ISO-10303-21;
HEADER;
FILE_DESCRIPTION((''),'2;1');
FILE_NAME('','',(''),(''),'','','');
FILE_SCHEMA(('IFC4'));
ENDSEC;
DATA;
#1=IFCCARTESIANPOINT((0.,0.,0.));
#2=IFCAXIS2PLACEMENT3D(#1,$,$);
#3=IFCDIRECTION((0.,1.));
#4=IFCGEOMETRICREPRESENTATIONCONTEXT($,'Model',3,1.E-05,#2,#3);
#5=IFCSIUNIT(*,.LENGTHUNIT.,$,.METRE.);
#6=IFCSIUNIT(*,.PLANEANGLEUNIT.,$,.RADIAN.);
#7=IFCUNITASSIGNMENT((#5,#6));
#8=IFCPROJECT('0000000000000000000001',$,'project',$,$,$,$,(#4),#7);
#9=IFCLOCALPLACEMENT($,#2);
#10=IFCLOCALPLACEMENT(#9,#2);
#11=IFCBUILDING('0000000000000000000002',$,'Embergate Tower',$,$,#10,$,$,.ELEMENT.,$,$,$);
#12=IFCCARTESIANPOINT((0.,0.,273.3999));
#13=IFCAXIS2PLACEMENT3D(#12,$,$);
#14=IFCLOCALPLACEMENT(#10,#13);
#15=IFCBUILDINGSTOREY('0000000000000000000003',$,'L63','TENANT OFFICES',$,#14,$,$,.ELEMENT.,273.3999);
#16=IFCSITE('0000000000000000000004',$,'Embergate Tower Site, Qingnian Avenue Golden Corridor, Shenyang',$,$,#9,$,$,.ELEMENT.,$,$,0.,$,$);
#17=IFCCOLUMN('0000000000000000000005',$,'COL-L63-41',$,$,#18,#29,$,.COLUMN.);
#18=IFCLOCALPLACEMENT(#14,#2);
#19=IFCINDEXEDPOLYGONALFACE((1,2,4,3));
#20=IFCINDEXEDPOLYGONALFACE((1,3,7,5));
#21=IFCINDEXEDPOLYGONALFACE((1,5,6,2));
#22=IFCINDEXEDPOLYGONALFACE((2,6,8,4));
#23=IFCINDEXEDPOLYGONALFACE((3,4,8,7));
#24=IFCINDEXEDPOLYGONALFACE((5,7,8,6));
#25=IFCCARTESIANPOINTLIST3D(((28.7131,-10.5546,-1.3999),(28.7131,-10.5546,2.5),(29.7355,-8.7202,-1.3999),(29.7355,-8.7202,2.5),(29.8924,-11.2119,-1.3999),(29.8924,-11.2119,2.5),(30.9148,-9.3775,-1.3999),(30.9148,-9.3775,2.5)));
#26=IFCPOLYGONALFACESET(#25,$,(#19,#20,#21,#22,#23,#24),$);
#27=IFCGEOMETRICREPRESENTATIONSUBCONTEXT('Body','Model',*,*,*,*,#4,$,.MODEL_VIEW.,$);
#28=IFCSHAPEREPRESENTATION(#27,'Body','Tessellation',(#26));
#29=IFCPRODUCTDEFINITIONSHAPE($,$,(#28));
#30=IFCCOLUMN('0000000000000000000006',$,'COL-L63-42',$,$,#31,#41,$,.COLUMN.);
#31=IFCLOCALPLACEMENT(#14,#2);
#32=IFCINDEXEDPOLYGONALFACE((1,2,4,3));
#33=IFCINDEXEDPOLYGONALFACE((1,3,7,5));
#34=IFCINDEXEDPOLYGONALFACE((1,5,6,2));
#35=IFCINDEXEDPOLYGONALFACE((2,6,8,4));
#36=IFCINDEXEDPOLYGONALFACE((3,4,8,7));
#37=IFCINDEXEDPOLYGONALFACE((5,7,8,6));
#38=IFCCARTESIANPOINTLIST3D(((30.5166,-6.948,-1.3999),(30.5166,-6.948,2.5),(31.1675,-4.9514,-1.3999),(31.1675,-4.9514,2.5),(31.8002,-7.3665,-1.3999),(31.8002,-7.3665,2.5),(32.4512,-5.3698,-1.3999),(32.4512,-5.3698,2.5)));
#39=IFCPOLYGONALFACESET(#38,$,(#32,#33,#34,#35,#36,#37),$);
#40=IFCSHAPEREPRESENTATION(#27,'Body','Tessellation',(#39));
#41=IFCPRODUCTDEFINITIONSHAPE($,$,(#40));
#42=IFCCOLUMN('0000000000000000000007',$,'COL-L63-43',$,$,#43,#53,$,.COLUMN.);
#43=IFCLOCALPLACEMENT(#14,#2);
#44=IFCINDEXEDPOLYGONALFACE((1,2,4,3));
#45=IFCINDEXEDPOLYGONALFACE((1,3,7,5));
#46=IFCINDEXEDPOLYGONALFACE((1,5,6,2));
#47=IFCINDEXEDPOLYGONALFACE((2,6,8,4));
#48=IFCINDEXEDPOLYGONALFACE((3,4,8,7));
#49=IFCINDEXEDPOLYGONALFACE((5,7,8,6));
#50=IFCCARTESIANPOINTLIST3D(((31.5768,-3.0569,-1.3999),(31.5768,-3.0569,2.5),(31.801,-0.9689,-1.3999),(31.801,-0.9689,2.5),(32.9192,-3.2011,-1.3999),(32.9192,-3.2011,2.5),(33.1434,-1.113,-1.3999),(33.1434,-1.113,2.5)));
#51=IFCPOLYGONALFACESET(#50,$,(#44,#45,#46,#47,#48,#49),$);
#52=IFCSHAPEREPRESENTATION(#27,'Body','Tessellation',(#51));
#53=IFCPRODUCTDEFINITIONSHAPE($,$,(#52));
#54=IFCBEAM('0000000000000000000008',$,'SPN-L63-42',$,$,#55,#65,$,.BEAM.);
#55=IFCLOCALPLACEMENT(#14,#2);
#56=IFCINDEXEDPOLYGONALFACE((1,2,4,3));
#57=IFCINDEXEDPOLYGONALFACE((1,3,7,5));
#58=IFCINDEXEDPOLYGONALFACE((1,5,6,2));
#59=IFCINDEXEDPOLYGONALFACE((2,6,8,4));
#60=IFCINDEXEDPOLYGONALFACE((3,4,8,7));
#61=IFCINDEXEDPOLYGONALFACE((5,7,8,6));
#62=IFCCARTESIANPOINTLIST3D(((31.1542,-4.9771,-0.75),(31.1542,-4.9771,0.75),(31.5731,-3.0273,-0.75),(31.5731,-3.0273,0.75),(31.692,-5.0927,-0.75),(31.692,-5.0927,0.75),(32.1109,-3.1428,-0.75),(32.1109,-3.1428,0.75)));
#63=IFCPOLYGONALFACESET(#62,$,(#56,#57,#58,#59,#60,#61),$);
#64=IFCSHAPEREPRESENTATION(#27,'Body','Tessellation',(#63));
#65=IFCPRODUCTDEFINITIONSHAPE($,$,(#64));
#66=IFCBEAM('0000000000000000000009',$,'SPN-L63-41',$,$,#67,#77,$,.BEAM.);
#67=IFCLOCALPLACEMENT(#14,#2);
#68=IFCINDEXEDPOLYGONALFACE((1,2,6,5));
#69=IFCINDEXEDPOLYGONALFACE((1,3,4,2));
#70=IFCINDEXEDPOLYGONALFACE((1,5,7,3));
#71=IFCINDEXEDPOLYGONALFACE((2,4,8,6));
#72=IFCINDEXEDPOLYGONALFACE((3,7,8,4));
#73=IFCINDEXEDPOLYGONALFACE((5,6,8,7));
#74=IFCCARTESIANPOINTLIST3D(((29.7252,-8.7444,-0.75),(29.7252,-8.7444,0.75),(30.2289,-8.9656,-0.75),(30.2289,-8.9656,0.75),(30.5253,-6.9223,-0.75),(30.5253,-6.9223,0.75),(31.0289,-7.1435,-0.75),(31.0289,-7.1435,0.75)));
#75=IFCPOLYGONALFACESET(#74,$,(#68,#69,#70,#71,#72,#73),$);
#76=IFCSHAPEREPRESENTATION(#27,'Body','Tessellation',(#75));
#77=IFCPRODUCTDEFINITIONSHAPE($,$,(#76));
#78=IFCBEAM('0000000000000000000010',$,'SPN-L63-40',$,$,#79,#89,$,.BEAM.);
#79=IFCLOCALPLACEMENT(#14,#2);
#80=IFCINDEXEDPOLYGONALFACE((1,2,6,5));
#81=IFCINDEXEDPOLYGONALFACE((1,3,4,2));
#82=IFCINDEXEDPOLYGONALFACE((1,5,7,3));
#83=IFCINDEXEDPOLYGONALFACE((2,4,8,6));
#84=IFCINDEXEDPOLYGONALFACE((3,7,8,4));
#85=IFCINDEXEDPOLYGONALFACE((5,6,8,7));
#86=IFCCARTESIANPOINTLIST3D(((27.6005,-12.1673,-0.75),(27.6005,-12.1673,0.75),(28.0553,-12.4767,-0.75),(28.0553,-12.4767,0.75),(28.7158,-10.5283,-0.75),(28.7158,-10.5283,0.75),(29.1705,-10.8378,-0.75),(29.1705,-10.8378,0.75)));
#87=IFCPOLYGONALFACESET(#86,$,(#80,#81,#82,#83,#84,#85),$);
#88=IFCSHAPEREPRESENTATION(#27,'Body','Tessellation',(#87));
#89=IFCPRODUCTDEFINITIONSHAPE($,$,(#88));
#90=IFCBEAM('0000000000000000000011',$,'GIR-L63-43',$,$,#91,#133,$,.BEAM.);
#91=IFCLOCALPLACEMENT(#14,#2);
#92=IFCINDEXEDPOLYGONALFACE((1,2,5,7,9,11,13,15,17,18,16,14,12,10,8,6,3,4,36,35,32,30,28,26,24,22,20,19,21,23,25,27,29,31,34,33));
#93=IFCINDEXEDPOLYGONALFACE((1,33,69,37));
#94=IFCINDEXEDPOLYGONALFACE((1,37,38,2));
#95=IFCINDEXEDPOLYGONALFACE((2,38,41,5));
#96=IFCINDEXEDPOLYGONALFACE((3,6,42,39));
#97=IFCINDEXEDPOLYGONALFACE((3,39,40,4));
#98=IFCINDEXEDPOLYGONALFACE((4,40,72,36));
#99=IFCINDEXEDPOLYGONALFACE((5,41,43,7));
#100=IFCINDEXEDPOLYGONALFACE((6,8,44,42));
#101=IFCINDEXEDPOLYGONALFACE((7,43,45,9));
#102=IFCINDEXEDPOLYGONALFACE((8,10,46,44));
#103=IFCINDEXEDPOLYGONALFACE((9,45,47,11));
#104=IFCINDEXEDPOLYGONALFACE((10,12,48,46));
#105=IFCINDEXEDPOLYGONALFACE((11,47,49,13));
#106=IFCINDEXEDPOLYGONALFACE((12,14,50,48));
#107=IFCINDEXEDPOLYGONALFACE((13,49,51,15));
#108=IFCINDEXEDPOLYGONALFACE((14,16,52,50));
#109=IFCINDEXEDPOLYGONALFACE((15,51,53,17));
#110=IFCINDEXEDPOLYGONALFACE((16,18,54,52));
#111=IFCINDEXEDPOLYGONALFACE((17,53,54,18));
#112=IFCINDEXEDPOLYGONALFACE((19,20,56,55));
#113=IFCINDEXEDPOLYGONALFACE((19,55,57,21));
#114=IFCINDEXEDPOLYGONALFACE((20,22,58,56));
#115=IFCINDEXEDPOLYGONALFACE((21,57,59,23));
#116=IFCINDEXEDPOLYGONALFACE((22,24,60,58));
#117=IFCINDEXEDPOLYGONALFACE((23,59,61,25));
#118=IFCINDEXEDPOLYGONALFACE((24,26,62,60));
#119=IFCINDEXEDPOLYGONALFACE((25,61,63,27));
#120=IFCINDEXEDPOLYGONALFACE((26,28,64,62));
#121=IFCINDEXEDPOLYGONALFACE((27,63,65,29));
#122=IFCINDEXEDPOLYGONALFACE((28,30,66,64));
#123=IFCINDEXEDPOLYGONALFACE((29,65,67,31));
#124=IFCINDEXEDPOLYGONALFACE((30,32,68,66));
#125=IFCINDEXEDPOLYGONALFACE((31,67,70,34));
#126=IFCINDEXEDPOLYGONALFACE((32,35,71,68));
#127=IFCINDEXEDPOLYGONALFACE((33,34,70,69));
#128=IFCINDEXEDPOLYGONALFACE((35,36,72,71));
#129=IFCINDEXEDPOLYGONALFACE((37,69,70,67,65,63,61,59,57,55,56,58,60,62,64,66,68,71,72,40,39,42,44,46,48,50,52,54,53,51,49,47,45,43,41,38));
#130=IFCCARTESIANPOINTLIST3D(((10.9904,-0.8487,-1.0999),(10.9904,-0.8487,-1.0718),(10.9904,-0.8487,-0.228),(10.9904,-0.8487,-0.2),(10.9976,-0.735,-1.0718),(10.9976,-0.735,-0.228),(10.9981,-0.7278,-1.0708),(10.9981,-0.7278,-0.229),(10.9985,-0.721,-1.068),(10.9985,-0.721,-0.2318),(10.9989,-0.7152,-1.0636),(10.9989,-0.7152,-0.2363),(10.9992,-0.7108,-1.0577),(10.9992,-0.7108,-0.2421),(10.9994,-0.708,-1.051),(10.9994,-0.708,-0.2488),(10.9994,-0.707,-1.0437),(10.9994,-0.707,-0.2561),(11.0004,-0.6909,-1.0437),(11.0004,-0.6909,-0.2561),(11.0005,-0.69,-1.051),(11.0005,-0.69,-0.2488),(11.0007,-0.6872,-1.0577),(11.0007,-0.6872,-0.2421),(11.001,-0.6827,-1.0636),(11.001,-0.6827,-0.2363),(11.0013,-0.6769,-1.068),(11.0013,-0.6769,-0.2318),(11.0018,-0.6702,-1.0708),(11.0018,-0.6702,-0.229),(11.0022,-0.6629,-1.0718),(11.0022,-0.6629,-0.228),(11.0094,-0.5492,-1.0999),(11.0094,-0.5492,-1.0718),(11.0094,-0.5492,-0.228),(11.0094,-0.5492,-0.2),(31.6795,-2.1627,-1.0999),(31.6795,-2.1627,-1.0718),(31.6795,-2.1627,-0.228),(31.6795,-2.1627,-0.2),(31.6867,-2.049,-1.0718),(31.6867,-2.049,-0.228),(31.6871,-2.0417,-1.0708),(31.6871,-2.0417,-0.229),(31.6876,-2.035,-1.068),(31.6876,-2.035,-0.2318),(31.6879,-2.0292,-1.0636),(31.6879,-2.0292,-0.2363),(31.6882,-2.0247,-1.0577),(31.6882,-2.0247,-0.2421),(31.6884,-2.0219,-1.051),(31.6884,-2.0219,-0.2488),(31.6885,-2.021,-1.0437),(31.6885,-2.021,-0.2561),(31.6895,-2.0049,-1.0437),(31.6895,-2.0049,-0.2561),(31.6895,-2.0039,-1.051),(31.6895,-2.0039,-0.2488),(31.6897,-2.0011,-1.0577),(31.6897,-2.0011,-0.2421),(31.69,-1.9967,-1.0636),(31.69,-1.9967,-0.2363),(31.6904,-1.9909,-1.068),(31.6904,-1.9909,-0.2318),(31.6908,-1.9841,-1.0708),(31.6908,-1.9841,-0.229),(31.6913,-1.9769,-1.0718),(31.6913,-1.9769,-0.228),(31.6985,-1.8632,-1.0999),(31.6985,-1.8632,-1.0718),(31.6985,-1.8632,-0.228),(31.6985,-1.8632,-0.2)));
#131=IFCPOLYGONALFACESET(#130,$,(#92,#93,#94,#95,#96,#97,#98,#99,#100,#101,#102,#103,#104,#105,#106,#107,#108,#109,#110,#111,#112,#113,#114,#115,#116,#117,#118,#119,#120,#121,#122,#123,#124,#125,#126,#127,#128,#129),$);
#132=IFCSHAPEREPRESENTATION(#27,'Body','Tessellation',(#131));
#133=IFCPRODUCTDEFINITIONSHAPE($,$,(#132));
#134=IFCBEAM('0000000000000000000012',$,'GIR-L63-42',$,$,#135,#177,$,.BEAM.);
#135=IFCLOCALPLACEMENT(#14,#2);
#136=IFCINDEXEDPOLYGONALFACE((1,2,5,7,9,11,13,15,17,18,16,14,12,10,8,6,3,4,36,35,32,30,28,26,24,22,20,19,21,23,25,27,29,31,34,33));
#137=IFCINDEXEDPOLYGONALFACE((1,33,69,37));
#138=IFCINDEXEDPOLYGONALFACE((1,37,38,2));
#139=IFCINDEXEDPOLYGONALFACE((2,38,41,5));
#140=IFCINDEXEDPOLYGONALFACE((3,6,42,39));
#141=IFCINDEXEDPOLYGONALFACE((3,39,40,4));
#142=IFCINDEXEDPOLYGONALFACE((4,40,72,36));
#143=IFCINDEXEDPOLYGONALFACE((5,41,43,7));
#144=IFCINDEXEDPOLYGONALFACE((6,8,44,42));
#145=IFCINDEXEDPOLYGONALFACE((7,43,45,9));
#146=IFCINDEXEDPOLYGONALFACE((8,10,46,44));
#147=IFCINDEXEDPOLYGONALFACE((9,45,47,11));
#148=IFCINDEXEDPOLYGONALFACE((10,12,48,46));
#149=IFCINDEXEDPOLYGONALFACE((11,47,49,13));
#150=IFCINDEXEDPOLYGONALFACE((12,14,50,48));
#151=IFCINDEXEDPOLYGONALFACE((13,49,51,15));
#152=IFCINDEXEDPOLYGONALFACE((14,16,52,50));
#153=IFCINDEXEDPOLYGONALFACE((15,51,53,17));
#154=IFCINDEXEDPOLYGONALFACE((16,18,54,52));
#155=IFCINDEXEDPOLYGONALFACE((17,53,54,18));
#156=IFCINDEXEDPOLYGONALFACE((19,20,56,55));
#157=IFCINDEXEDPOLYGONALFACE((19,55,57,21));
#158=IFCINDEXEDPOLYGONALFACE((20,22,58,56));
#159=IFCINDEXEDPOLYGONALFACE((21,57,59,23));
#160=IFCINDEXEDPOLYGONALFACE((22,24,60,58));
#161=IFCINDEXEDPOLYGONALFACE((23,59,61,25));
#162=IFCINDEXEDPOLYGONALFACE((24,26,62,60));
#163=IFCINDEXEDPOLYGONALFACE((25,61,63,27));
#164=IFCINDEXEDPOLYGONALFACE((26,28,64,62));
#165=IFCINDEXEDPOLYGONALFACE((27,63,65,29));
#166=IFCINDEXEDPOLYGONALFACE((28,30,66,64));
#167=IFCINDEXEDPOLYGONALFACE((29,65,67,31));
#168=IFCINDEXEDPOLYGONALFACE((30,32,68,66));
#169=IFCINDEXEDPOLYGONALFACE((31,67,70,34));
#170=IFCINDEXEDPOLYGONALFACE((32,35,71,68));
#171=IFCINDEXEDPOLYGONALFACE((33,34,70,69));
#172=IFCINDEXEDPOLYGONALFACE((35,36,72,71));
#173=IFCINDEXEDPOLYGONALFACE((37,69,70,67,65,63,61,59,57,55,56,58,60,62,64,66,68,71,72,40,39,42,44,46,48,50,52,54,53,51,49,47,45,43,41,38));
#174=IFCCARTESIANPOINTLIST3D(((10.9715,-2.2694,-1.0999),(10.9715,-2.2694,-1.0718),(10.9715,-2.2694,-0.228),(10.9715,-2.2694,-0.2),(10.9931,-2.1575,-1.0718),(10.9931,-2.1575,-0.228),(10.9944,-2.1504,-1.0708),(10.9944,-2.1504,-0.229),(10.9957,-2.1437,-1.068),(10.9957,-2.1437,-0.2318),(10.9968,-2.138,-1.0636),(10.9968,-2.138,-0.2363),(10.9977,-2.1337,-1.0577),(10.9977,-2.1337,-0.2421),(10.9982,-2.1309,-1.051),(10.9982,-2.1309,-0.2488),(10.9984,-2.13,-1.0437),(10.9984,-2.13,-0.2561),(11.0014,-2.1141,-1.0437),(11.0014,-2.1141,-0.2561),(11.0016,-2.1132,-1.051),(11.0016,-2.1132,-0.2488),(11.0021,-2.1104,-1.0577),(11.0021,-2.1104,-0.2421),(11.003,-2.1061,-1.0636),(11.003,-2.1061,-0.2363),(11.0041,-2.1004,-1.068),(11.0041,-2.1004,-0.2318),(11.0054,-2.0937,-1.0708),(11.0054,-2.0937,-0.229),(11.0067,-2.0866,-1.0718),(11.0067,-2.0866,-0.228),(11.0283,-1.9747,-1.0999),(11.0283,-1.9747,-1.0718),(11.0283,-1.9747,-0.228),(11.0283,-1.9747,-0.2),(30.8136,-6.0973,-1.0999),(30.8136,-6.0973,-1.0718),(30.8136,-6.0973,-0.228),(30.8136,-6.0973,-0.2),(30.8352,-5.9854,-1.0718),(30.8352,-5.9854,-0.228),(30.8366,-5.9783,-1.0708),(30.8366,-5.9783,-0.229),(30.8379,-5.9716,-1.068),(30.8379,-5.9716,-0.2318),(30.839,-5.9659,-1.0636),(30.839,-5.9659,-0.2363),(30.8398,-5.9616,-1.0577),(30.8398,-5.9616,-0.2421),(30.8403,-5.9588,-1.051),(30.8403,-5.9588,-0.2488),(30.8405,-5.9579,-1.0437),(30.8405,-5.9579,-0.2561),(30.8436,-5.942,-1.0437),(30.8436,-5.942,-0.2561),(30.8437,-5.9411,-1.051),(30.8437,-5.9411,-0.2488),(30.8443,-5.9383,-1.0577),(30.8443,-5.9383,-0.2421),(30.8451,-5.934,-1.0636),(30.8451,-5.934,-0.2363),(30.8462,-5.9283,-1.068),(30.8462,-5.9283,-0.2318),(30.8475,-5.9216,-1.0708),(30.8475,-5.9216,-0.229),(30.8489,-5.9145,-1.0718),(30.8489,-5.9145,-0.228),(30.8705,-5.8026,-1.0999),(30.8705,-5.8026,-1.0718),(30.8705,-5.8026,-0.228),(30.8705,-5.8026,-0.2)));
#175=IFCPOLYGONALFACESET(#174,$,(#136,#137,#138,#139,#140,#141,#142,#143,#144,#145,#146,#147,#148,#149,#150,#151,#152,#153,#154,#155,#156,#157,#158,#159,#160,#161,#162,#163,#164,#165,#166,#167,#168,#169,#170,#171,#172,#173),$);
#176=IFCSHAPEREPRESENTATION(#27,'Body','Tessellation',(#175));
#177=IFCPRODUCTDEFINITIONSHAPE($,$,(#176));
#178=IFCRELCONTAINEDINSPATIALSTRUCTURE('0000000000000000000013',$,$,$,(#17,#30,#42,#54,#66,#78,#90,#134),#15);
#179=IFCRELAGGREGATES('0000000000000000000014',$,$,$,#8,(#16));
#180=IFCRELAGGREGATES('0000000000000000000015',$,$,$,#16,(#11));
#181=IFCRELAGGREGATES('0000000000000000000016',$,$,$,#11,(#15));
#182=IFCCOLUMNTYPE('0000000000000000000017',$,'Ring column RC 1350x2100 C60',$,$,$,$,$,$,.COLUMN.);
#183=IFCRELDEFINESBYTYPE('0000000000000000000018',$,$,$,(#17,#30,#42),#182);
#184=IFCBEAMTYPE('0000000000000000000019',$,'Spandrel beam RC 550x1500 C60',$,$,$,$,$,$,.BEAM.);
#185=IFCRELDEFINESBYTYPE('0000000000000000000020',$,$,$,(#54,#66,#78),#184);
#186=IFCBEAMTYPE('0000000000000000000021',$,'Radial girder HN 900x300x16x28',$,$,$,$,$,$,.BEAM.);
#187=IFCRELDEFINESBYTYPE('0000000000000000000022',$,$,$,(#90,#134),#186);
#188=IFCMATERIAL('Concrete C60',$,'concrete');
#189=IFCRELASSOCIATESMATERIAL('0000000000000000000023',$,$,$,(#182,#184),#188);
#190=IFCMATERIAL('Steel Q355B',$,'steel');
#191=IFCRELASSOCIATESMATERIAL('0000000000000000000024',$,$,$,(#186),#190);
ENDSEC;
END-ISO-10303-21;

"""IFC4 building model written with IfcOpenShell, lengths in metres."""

from ifc_helpers import new_model, si_unit, direction, frame, origin, origin_2d, place, context, subcontext, project, spatial, rectangle, i_section, extrude, source, transform, mapped, material, material_profile, profile_set, type_object, element, save


model = new_model("IFC4")

# Units and contexts
model_context = context("Model", 3, precision=1e-05, world=origin(), true_north=direction((0.0, 1.0)))
body_context = subcontext(model_context, "Body", "Model", "MODEL_VIEW")
ifc_project = project(units=[si_unit("LENGTHUNIT", "METRE"), si_unit("PLANEANGLEUNIT", "RADIAN")], contexts=[model_context])

# Site, building, storey
site_placement = place(None, origin())
site = spatial("IfcSite", under=ifc_project, at=site_placement, Name="Embergate Tower Site, Qingnian Avenue Golden Corridor, Shenyang", CompositionType="ELEMENT", RefElevation=0.0)
building_placement = place(site_placement, origin())
building = spatial("IfcBuilding", under=site, at=building_placement, Name="Embergate Tower", CompositionType="ELEMENT")
storey_placement = place(building_placement, frame((0.0, 0.0, 273.3999)))
storey = spatial("IfcBuildingStorey", under=building, at=storey_placement, Name="L63", Description="TENANT OFFICES", CompositionType="ELEMENT", Elevation=273.3999)

# Columns
ifc_material_1 = material(Name="Concrete C60", Category="concrete")
ifc_material_profile_1 = material_profile(ifc_material_1, rectangle(XDim=1.3501, YDim=2.1001, at=origin_2d()), Name="RC 1350x2100")
ifc_profile_set_1 = profile_set([ifc_material_profile_1], Name="Concrete C60")
column_type = type_object("IfcColumnType", Name="Ring column RC 1350x2100 C60", PredefinedType="COLUMN", material=ifc_profile_set_1)
shared_shape_1 = source(origin(), body_context, "Body", "SweptSolid", [
    extrude(rectangle(XDim=1.3501, YDim=2.1001, at=origin_2d()), origin(), (0.0, 0.0, 1.0), 3.8999),
])
for number, where, z_axis, x_axis, name in (
    (1, (29.814, -9.9661, -1.3999), (0.0, 0.0, 1.0), (0.873492, -0.486839, 0.0), "COL-L63-41"),
    (2, (31.4839, -6.1589, -1.3999), (0.0, 0.0, 1.0), (0.950754, -0.309946, 0.0), "COL-L63-42"),
    (3, (32.3601, -2.085, -1.3999), (0.0, 0.0, 1.0), (0.994286, -0.10675, 0.0), "COL-L63-43"),
):
    element("IfcColumn", number, at=place(storey_placement, frame(where, z_axis=z_axis, x_axis=x_axis)), inside=storey, type_object=column_type, Name=name, PredefinedType="COLUMN", context=body_context, shape_type="MappedRepresentation", body=[
        mapped(shared_shape_1, transform((0.0, 0.0, 0.0))),
    ])

# Beams
ifc_material_profile_2 = material_profile(ifc_material_1, rectangle(XDim=0.55, YDim=1.5, at=origin_2d()), Name="RC 550x1500")
ifc_profile_set_2 = profile_set([ifc_material_profile_2], Name="Concrete C60")
beam_type_1 = type_object("IfcBeamType", Name="Spandrel beam RC 550x1500 C60", PredefinedType="BEAM", material=ifc_profile_set_2)
shared_shape_2 = source(origin(), body_context, "Body", "SweptSolid", [
    extrude(rectangle(XDim=0.55, YDim=1.5, at=origin_2d()), origin(), (0.0, 0.0, 1.0), 1.9944),
])
beam_1_placement = place(storey_placement, frame((31.4231, -5.0349, 0.0), z_axis=(0.210056, 0.977689, 0.0), x_axis=(-0.977689, 0.210056, 0.0)))
element("IfcBeam", 4, at=beam_1_placement, inside=storey, type_object=beam_type_1, Name="SPN-L63-42", PredefinedType="BEAM", context=body_context, shape_type="MappedRepresentation", body=[
    mapped(shared_shape_2, transform((0.0, 0.0, 0.0))),
])
shared_shape_3 = source(origin(), body_context, "Body", "SweptSolid", [
    extrude(rectangle(XDim=0.55, YDim=1.5, at=origin_2d()), origin(), (0.0, 0.0, 1.0), 1.99),
])
beam_2_placement = place(storey_placement, frame((29.9771, -8.855, 0.0), z_axis=(0.402048, 0.915619, 0.0), x_axis=(-0.915619, 0.402048, 0.0)))
element("IfcBeam", 5, at=beam_2_placement, inside=storey, type_object=beam_type_1, Name="SPN-L63-41", PredefinedType="BEAM", context=body_context, shape_type="MappedRepresentation", body=[
    mapped(shared_shape_3, transform((0.0, 0.0, 0.0))),
])
shared_shape_4 = source(origin(), body_context, "Body", "SweptSolid", [
    extrude(rectangle(XDim=0.55, YDim=1.5, at=origin_2d()), origin(), (0.0, 0.0, 1.0), 1.9824),
])
beam_3_placement = place(storey_placement, frame((27.8279, -12.322, 0.0), z_axis=(0.562576, 0.826745, 0.0), x_axis=(-0.826745, 0.562576, 0.0)))
element("IfcBeam", 6, at=beam_3_placement, inside=storey, type_object=beam_type_1, Name="SPN-L63-40", PredefinedType="BEAM", context=body_context, shape_type="MappedRepresentation", body=[
    mapped(shared_shape_4, transform((0.0, 0.0, 0.0))),
])
ifc_material_2 = material(Name="Steel Q355B", Category="steel")
ifc_material_profile_3 = material_profile(ifc_material_2, i_section(OverallWidth=0.3, OverallDepth=0.8999, WebThickness=0.0161, FlangeThickness=0.0281, FilletRadius=0.0281, at=origin_2d()), Name="HN 900x300x16x28")
ifc_profile_set_3 = profile_set([ifc_material_profile_3], Name="Steel Q355 grade B")
beam_type_2 = type_object("IfcBeamType", Name="Radial girder HN 900x300x16x28", PredefinedType="BEAM", material=ifc_profile_set_3)
shared_shape_5 = source(origin(), body_context, "Body", "SweptSolid", [
    extrude(i_section(OverallWidth=0.3, OverallDepth=0.8999, WebThickness=0.0161, FlangeThickness=0.0281, FilletRadius=0.0281, at=origin_2d()), origin(), (0.0, 0.0, 1.0), 20.7307),
])
beam_4_placement = place(storey_placement, frame((31.689, -2.0129, -0.6499), z_axis=(-0.997989, 0.063383, 0.0), x_axis=(-0.063383, -0.997989, 0.0)))
element("IfcBeam", 7, at=beam_4_placement, inside=storey, type_object=beam_type_2, Name="GIR-L63-43", PredefinedType="BEAM", context=body_context, shape_type="MappedRepresentation", body=[
    mapped(shared_shape_5, transform((0.0, 0.0, 0.0))),
])
shared_shape_6 = source(origin(), body_context, "Body", "SweptSolid", [
    extrude(i_section(OverallWidth=0.3, OverallDepth=0.8999, WebThickness=0.0161, FlangeThickness=0.0281, FilletRadius=0.0281, at=origin_2d()), origin(), (0.0, 0.0, 1.0), 20.208),
])
beam_5_placement = place(storey_placement, frame((30.842, -5.95, -0.6499), z_axis=(-0.981895, 0.189425, 0.0), x_axis=(-0.189425, -0.981895, 0.0)))
element("IfcBeam", 8, at=beam_5_placement, inside=storey, type_object=beam_type_2, Name="GIR-L63-42", PredefinedType="BEAM", context=body_context, shape_type="MappedRepresentation", body=[
    mapped(shared_shape_6, transform((0.0, 0.0, 0.0))),
])

save(model, "model.ifc")
